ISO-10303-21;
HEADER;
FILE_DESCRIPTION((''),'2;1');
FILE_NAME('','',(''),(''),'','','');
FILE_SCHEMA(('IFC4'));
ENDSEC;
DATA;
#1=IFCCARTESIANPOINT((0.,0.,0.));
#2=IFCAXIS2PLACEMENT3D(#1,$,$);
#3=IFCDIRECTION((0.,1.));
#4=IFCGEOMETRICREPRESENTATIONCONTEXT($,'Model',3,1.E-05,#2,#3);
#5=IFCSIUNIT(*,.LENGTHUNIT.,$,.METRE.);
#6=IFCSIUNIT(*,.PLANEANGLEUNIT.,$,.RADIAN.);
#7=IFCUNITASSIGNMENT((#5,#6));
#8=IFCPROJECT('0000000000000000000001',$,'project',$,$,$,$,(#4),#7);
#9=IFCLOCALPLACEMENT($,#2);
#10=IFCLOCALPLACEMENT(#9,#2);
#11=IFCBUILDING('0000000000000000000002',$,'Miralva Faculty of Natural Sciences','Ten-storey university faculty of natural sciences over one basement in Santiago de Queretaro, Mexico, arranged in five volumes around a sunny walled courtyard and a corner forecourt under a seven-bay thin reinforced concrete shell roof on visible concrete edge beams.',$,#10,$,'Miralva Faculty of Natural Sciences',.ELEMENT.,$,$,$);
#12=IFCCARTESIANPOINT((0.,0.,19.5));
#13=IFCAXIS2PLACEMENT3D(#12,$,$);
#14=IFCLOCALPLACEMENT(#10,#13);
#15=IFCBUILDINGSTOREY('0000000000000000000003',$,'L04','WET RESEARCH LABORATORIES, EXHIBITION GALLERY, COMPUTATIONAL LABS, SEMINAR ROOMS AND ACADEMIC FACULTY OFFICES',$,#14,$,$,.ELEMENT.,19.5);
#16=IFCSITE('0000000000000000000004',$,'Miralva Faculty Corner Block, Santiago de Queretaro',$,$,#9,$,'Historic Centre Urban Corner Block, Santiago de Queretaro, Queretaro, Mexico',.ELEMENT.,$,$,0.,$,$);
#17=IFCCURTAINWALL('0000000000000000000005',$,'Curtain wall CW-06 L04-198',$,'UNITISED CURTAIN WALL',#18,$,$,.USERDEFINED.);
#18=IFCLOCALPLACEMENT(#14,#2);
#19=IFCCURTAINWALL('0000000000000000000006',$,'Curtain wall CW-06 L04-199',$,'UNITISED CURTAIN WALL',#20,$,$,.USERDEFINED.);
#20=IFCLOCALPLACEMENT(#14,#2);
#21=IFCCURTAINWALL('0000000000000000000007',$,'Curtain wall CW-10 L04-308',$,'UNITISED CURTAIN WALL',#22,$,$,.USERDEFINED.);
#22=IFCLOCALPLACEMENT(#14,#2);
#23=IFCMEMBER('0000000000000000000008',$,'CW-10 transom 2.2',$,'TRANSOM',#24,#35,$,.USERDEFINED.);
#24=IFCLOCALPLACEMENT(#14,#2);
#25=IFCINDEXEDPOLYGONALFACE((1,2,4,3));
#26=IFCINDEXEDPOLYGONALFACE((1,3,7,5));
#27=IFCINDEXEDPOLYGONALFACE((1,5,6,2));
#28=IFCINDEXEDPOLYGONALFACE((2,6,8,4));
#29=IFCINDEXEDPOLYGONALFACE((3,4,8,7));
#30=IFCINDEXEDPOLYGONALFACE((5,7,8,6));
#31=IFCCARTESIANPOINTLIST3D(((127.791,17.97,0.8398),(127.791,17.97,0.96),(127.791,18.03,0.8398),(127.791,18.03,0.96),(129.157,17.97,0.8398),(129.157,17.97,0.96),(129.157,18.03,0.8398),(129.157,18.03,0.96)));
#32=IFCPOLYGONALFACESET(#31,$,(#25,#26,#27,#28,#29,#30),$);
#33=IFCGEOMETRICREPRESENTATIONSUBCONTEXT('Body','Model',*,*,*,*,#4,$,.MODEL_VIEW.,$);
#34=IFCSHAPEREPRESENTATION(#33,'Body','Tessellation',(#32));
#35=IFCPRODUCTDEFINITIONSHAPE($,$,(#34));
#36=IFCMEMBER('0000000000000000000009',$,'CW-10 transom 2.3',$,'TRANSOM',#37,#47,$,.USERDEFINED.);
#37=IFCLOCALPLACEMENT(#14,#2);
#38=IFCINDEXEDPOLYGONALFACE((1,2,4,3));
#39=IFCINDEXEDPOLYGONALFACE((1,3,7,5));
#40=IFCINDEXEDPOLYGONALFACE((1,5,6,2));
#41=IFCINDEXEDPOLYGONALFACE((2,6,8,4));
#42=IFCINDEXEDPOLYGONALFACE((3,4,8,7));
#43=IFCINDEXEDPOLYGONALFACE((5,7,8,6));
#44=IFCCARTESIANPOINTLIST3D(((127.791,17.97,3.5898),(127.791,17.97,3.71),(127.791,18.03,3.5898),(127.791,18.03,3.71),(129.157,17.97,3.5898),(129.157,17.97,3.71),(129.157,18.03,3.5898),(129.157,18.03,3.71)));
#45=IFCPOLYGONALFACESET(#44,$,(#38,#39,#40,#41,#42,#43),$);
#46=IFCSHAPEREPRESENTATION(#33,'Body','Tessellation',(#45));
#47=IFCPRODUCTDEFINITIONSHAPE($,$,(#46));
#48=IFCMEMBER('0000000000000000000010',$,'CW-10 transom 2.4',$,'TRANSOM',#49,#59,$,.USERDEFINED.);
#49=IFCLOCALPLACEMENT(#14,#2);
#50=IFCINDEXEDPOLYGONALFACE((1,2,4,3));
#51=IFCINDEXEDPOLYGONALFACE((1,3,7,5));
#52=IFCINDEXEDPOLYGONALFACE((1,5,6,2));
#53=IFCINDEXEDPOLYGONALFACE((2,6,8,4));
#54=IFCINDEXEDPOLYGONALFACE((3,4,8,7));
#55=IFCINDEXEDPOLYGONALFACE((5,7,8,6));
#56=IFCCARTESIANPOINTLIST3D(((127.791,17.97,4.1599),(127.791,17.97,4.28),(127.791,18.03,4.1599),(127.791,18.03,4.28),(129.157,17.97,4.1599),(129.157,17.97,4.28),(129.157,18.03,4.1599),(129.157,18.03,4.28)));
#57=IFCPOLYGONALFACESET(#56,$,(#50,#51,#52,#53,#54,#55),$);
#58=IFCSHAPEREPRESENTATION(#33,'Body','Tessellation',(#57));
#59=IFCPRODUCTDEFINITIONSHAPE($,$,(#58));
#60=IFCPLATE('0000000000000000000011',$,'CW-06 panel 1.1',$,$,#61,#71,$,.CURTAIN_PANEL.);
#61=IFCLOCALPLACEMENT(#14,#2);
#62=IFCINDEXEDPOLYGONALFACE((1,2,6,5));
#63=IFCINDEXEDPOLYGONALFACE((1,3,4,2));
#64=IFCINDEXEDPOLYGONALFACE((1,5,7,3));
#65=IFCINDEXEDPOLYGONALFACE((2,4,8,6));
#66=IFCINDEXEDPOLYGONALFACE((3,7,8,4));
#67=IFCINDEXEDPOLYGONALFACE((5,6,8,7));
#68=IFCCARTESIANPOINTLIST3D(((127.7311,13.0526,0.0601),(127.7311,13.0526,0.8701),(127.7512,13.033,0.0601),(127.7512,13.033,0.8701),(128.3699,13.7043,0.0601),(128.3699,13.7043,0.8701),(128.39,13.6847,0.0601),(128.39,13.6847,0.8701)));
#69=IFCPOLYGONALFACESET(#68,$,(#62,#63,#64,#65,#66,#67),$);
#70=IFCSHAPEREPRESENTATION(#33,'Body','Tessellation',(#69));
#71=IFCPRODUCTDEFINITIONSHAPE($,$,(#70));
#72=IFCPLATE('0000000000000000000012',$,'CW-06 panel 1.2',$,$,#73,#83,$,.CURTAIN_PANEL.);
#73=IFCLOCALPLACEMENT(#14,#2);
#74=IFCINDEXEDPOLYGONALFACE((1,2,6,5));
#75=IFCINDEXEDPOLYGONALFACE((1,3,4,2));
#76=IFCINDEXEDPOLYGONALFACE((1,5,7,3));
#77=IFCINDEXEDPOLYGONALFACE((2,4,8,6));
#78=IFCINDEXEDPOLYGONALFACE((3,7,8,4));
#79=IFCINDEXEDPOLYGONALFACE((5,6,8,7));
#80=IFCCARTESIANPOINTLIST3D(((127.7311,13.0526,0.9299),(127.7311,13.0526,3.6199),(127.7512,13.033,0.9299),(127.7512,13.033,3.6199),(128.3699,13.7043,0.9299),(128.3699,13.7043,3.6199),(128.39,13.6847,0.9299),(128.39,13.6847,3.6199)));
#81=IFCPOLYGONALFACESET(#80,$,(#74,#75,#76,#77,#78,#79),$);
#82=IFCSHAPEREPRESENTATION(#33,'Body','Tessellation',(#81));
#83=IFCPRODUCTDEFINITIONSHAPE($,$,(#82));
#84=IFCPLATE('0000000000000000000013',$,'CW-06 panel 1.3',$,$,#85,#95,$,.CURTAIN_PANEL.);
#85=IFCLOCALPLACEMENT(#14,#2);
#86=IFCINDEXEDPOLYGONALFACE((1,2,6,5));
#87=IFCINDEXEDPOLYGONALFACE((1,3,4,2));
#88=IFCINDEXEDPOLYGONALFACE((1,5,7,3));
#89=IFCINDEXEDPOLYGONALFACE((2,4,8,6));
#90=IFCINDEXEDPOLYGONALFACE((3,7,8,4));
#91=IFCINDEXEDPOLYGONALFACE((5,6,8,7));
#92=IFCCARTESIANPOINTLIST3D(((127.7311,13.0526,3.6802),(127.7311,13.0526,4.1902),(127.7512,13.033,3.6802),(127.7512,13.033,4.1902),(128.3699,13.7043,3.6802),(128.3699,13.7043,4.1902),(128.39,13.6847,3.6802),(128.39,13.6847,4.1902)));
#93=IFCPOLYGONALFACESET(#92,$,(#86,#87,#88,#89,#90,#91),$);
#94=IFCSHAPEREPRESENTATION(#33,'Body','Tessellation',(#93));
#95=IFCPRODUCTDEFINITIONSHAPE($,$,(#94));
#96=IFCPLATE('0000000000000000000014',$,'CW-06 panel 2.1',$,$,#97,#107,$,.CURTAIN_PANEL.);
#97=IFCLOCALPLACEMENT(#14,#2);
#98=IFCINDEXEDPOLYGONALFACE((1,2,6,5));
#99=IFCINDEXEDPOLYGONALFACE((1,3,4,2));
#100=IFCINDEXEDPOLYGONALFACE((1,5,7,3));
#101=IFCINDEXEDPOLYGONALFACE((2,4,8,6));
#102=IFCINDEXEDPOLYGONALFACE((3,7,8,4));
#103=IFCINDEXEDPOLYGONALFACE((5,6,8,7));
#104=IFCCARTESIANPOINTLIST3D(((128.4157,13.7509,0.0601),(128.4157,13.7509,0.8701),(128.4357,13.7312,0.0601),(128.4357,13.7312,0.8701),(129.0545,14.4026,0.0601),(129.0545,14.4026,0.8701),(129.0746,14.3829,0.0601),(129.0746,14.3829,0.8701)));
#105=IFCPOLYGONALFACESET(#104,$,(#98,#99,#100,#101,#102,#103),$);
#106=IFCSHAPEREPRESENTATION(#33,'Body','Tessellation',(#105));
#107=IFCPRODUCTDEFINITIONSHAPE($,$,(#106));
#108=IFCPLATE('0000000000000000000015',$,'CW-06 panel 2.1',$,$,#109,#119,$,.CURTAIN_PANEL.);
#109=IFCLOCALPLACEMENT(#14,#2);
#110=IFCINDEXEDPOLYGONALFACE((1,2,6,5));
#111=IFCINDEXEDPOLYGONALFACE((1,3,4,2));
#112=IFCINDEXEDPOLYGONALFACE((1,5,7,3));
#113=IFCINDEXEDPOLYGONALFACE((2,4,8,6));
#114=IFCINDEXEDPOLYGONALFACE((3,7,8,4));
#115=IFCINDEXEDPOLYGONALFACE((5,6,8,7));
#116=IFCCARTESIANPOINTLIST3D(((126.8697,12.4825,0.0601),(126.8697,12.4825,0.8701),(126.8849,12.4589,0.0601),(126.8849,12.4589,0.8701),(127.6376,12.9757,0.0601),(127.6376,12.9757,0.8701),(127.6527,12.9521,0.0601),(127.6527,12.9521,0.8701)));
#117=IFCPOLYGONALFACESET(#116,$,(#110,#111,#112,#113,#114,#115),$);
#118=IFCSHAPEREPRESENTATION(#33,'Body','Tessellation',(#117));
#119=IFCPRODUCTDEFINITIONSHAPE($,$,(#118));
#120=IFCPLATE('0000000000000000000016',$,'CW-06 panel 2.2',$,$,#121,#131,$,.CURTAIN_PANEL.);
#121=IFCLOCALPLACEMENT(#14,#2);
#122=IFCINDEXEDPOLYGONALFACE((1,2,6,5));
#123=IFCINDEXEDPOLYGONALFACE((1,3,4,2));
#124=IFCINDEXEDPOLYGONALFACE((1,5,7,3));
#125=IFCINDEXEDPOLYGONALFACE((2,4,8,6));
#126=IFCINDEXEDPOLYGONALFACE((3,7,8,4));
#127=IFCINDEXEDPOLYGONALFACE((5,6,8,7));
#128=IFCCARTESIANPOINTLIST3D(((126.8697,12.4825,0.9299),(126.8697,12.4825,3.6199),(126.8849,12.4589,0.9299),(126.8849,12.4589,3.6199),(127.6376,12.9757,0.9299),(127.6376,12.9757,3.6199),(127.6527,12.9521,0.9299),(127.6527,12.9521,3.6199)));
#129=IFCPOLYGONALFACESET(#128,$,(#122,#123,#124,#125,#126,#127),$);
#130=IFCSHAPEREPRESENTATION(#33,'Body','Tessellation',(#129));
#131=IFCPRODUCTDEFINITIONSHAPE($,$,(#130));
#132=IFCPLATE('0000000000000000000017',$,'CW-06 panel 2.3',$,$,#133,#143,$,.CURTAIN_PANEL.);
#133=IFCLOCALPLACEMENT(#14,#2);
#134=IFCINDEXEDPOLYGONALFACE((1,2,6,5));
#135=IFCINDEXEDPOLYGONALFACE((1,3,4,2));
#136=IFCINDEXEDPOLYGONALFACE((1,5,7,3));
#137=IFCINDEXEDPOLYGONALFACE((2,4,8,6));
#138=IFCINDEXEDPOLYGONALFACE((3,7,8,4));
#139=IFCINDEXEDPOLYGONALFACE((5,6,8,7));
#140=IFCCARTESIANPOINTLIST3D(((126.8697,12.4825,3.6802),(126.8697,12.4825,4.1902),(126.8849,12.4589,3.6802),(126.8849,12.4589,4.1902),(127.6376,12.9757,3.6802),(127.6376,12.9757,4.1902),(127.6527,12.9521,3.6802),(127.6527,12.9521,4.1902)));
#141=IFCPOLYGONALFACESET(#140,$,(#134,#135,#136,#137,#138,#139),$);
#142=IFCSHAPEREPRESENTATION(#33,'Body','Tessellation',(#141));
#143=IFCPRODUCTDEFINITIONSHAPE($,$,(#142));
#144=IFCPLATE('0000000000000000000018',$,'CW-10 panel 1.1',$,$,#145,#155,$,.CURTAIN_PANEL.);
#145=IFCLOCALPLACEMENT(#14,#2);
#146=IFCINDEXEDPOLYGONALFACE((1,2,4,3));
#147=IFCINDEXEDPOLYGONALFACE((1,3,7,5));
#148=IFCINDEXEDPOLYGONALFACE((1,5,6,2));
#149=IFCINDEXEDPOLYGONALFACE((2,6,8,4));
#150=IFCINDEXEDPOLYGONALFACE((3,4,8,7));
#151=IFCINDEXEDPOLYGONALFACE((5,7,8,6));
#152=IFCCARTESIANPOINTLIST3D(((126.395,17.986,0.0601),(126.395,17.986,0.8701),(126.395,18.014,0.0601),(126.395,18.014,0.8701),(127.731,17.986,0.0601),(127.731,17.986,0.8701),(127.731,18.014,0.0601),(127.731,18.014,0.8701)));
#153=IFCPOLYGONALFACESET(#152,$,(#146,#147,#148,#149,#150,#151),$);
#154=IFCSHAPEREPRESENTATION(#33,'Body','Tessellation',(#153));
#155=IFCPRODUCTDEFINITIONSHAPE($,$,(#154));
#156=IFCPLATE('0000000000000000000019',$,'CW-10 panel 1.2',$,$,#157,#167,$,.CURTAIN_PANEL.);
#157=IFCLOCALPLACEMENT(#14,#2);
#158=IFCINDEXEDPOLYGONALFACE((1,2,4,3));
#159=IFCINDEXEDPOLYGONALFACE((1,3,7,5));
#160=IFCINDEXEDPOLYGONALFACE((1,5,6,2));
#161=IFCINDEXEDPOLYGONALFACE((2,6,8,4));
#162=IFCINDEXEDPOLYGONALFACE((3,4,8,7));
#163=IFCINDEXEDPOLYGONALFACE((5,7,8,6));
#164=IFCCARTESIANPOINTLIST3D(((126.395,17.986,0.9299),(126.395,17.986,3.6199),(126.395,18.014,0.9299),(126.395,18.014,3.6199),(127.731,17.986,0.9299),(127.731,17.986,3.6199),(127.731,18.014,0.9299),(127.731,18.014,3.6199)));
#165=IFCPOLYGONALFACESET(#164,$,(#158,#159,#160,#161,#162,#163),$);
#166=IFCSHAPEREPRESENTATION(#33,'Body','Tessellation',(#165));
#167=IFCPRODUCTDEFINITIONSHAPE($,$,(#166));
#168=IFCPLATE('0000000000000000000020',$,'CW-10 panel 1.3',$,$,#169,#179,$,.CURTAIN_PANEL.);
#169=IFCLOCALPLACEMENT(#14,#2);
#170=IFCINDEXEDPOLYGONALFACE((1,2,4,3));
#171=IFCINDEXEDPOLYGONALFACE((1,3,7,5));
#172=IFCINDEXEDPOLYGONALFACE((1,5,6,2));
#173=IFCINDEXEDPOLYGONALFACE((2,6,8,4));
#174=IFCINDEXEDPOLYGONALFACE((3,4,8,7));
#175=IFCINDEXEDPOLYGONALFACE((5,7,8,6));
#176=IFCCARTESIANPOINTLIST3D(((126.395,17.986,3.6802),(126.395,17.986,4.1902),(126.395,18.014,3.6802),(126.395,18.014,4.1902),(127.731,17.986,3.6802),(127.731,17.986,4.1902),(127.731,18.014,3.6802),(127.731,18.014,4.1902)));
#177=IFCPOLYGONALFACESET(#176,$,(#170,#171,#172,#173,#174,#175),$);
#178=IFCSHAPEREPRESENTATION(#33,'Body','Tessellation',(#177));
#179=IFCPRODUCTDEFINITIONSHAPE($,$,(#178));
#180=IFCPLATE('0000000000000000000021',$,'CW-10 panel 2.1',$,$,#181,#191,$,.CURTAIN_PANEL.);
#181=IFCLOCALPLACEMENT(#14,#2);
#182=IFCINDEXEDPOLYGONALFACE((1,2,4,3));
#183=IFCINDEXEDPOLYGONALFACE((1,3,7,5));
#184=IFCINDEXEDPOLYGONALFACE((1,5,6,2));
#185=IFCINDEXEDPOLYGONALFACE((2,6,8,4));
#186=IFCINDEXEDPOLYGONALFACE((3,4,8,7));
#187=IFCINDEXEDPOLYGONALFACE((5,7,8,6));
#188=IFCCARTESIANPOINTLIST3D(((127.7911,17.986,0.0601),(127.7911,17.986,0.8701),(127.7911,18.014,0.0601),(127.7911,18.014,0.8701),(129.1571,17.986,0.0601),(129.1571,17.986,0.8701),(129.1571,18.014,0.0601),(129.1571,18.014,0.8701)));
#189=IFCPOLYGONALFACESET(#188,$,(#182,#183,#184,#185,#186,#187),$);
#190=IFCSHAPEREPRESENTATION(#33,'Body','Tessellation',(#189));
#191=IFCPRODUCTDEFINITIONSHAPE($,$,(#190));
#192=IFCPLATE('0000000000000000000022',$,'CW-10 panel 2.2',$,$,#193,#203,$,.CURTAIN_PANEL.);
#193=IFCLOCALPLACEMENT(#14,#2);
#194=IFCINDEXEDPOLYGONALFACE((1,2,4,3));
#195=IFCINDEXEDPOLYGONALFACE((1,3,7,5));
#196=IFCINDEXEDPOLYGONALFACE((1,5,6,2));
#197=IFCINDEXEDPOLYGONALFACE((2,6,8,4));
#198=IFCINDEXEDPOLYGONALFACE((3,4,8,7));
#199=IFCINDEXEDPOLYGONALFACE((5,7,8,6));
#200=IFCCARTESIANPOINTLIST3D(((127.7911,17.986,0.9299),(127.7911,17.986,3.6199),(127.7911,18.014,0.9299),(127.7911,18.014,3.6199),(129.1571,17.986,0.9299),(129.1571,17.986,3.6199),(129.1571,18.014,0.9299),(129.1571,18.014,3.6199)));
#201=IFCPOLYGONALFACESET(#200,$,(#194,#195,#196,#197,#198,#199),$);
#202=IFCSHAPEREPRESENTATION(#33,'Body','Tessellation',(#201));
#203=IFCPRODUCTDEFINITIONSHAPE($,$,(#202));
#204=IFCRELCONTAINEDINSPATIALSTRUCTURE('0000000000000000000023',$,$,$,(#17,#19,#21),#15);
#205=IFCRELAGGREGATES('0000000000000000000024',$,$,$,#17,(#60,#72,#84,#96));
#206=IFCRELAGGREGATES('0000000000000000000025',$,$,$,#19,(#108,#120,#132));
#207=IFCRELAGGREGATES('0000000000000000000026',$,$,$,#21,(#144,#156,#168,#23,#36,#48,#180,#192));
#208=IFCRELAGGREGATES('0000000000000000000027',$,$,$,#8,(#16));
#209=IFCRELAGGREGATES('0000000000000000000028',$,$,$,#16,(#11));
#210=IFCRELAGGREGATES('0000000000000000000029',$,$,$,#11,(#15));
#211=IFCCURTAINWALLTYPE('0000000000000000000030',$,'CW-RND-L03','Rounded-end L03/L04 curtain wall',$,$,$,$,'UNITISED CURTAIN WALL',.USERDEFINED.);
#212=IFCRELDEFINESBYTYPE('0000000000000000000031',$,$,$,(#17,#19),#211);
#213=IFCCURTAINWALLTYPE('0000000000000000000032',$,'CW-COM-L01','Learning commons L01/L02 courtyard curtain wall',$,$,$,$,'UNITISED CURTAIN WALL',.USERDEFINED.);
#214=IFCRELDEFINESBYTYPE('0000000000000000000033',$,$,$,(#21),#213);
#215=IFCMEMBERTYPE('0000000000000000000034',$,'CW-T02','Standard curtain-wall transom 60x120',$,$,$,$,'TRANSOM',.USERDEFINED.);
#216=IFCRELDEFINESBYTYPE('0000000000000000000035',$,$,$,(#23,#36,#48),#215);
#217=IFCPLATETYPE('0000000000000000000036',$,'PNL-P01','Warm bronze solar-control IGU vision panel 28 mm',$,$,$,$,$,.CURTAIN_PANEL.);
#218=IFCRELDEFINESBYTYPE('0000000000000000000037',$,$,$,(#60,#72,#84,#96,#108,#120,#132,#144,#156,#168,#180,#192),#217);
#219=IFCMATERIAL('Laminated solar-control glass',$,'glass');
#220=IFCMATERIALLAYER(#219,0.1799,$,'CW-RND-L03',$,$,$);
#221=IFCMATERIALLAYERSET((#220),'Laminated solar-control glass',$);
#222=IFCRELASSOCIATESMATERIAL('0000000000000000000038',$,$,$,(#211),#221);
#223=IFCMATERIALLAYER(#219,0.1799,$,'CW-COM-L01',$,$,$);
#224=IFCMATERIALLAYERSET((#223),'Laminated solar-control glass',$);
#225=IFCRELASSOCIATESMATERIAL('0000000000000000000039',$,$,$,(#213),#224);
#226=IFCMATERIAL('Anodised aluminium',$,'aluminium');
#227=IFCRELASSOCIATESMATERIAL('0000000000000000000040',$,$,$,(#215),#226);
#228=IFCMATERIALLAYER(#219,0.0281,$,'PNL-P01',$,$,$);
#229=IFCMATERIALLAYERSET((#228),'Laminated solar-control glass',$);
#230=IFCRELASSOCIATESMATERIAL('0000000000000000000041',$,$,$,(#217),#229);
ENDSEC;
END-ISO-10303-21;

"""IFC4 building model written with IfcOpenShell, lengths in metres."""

from ifc_helpers import new_model, si_unit, direction, frame, origin, origin_2d, place, context, subcontext, project, spatial, rectangle, extrude, material, layer, layer_set, material_profile, profile_set, type_object, element, aggregate, save


model = new_model("IFC4")

# Units and contexts
model_context = context("Model", 3, precision=1e-05, world=origin(), true_north=direction((0.0, 1.0)))
body_context = subcontext(model_context, "Body", "Model", "MODEL_VIEW")
ifc_project = project(units=[si_unit("LENGTHUNIT", "METRE"), si_unit("PLANEANGLEUNIT", "RADIAN")], contexts=[model_context])

# Site, building, storey
site_placement = place(None, origin())
site = spatial("IfcSite", under=ifc_project, at=site_placement, Name="Miralva Faculty Corner Block, Santiago de Queretaro", LongName="Historic Centre Urban Corner Block, Santiago de Queretaro, Queretaro, Mexico", CompositionType="ELEMENT", RefElevation=0.0)
building_placement = place(site_placement, origin())
building = spatial("IfcBuilding", under=site, at=building_placement, Name="Miralva Faculty of Natural Sciences", Description="Ten-storey university faculty of natural sciences over one basement in Santiago de Queretaro, Mexico, arranged in five volumes around a sunny walled courtyard and a corner forecourt under a seven-bay thin reinforced concrete shell roof on visible concrete edge beams.", LongName="Miralva Faculty of Natural Sciences", CompositionType="ELEMENT")
storey_placement = place(building_placement, frame((0.0, 0.0, 19.5)))
storey = spatial("IfcBuildingStorey", under=building, at=storey_placement, Name="L04", Description="WET RESEARCH LABORATORIES, EXHIBITION GALLERY, COMPUTATIONAL LABS, SEMINAR ROOMS AND ACADEMIC FACULTY OFFICES", CompositionType="ELEMENT", Elevation=19.5)

# Curtain wall
ifc_material_1 = material(Name="Laminated solar-control glass", Category="glass")
ifc_layer_1 = layer(ifc_material_1, 0.1799, Name="CW-RND-L03")
ifc_layer_set_1 = layer_set([ifc_layer_1], Name="Laminated solar-control glass")
curtain_wall_type_1 = type_object("IfcCurtainWallType", Name="CW-RND-L03", Description="Rounded-end L03/L04 curtain wall", ElementType="UNITISED CURTAIN WALL", PredefinedType="USERDEFINED", material=ifc_layer_set_1)
curtain_wall_1_placement = place(storey_placement, origin())
curtain_wall_1 = element("IfcCurtainWall", 1, at=curtain_wall_1_placement, inside=storey, type_object=curtain_wall_type_1, Name="Curtain wall CW-06 L04-198", ObjectType="UNITISED CURTAIN WALL", PredefinedType="USERDEFINED")
ifc_material_2 = material(Name="Anodised aluminium", Category="aluminium")

# Curtain walls
curtain_wall_2_placement = place(storey_placement, origin())
curtain_wall_2 = element("IfcCurtainWall", 2, at=curtain_wall_2_placement, inside=storey, type_object=curtain_wall_type_1, Name="Curtain wall CW-06 L04-199", ObjectType="UNITISED CURTAIN WALL", PredefinedType="USERDEFINED")
ifc_layer_2 = layer(ifc_material_1, 0.1799, Name="CW-COM-L01")
ifc_layer_set_2 = layer_set([ifc_layer_2], Name="Laminated solar-control glass")
curtain_wall_type_2 = type_object("IfcCurtainWallType", Name="CW-COM-L01", Description="Learning commons L01/L02 courtyard curtain wall", ElementType="UNITISED CURTAIN WALL", PredefinedType="USERDEFINED", material=ifc_layer_set_2)
curtain_wall_3_placement = place(storey_placement, origin())
curtain_wall_3 = element("IfcCurtainWall", 3, at=curtain_wall_3_placement, inside=storey, type_object=curtain_wall_type_2, Name="Curtain wall CW-10 L04-308", ObjectType="UNITISED CURTAIN WALL", PredefinedType="USERDEFINED")

# Members
ifc_material_profile_1 = material_profile(ifc_material_2, rectangle(XDim=0.0601, YDim=0.1201, at=origin_2d()), Name="TRANSOM 60x120")
ifc_profile_set_1 = profile_set([ifc_material_profile_1], Name="Anodised aluminium")
member_type_1 = type_object("IfcMemberType", Name="CW-T02", Description="Standard curtain-wall transom 60x120", ElementType="TRANSOM", PredefinedType="USERDEFINED", material=ifc_profile_set_1)
member_1_placement = place(storey_placement, frame((127.791, 18.0, 0.8999), z_axis=(1.0, 0.0, 0.0), x_axis=(0.0, 1.0, 0.0)))
member_1 = element("IfcMember", 4, at=member_1_placement, type_object=member_type_1, Name="CW-10 transom 2.2", ObjectType="TRANSOM", PredefinedType="USERDEFINED", context=body_context, shape_type="SweptSolid", body=[
    extrude(rectangle(XDim=0.0601, YDim=0.1201, at=origin_2d()), origin(), (0.0, 0.0, 1.0), 1.366),
])
member_2_placement = place(storey_placement, frame((127.791, 18.0, 3.6499), z_axis=(1.0, 0.0, 0.0), x_axis=(0.0, 1.0, 0.0)))
member_2 = element("IfcMember", 5, at=member_2_placement, type_object=member_type_1, Name="CW-10 transom 2.3", ObjectType="TRANSOM", PredefinedType="USERDEFINED", context=body_context, shape_type="SweptSolid", body=[
    extrude(rectangle(XDim=0.0601, YDim=0.1201, at=origin_2d()), origin(), (0.0, 0.0, 1.0), 1.366),
])
member_3_placement = place(storey_placement, frame((127.791, 18.0, 4.22), z_axis=(1.0, 0.0, 0.0), x_axis=(0.0, 1.0, 0.0)))
member_3 = element("IfcMember", 6, at=member_3_placement, type_object=member_type_1, Name="CW-10 transom 2.4", ObjectType="TRANSOM", PredefinedType="USERDEFINED", context=body_context, shape_type="SweptSolid", body=[
    extrude(rectangle(XDim=0.0601, YDim=0.1201, at=origin_2d()), origin(), (0.0, 0.0, 1.0), 1.366),
])

# Plates
ifc_layer_3 = layer(ifc_material_1, 0.0281, Name="PNL-P01")
ifc_layer_set_3 = layer_set([ifc_layer_3], Name="Laminated solar-control glass")
plate_type = type_object("IfcPlateType", Name="PNL-P01", Description="Warm bronze solar-control IGU vision panel 28 mm", PredefinedType="CURTAIN_PANEL", material=ifc_layer_set_3)
plate_1_placement = place(storey_placement, frame((128.0605, 13.3687, 0.0601), z_axis=(0.0, 0.0, 1.0), x_axis=(0.700018, 0.714125, 0.0)))
plate_1 = element("IfcPlate", 7, at=plate_1_placement, type_object=plate_type, Name="CW-06 panel 1.1", PredefinedType="CURTAIN_PANEL", context=body_context, shape_type="SweptSolid", body=[
    extrude(rectangle(XDim=0.9126, YDim=0.0281, at=origin_2d()), origin(), (0.0, 0.0, 1.0), 0.8101),
])
plate_2_placement = place(storey_placement, frame((128.0605, 13.3687, 0.9299), z_axis=(0.0, 0.0, 1.0), x_axis=(0.700018, 0.714125, 0.0)))
plate_2 = element("IfcPlate", 8, at=plate_2_placement, type_object=plate_type, Name="CW-06 panel 1.2", PredefinedType="CURTAIN_PANEL", context=body_context, shape_type="SweptSolid", body=[
    extrude(rectangle(XDim=0.9126, YDim=0.0281, at=origin_2d()), origin(), (0.0, 0.0, 1.0), 2.6899),
])
plate_3_placement = place(storey_placement, frame((128.0605, 13.3687, 3.6802), z_axis=(0.0, 0.0, 1.0), x_axis=(0.700018, 0.714125, 0.0)))
plate_3 = element("IfcPlate", 9, at=plate_3_placement, type_object=plate_type, Name="CW-06 panel 1.3", PredefinedType="CURTAIN_PANEL", context=body_context, shape_type="SweptSolid", body=[
    extrude(rectangle(XDim=0.9126, YDim=0.0281, at=origin_2d()), origin(), (0.0, 0.0, 1.0), 0.51),
])
plate_4_placement = place(storey_placement, frame((128.7451, 14.0669, 0.0601), z_axis=(0.0, 0.0, 1.0), x_axis=(0.700018, 0.714125, 0.0)))
plate_4 = element("IfcPlate", 10, at=plate_4_placement, type_object=plate_type, Name="CW-06 panel 2.1", PredefinedType="CURTAIN_PANEL", context=body_context, shape_type="SweptSolid", body=[
    extrude(rectangle(XDim=0.9126, YDim=0.0281, at=origin_2d()), origin(), (0.0, 0.0, 1.0), 0.8101),
])
aggregate(curtain_wall_1, [plate_1, plate_2, plate_3, plate_4])
plate_5_placement = place(storey_placement, frame((127.2612, 12.7173, 0.0601), z_axis=(0.0, 0.0, 1.0), x_axis=(0.841379, 0.540445, 0.0)))
plate_5 = element("IfcPlate", 11, at=plate_5_placement, type_object=plate_type, Name="CW-06 panel 2.1", PredefinedType="CURTAIN_PANEL", context=body_context, shape_type="SweptSolid", body=[
    extrude(rectangle(XDim=0.9126, YDim=0.0281, at=origin_2d()), origin(), (0.0, 0.0, 1.0), 0.8101),
])
plate_6_placement = place(storey_placement, frame((127.2612, 12.7173, 0.9299), z_axis=(0.0, 0.0, 1.0), x_axis=(0.841379, 0.540445, 0.0)))
plate_6 = element("IfcPlate", 12, at=plate_6_placement, type_object=plate_type, Name="CW-06 panel 2.2", PredefinedType="CURTAIN_PANEL", context=body_context, shape_type="SweptSolid", body=[
    extrude(rectangle(XDim=0.9126, YDim=0.0281, at=origin_2d()), origin(), (0.0, 0.0, 1.0), 2.6899),
])
plate_7_placement = place(storey_placement, frame((127.2612, 12.7173, 3.6802), z_axis=(0.0, 0.0, 1.0), x_axis=(0.841379, 0.540445, 0.0)))
plate_7 = element("IfcPlate", 13, at=plate_7_placement, type_object=plate_type, Name="CW-06 panel 2.3", PredefinedType="CURTAIN_PANEL", context=body_context, shape_type="SweptSolid", body=[
    extrude(rectangle(XDim=0.9126, YDim=0.0281, at=origin_2d()), origin(), (0.0, 0.0, 1.0), 0.51),
])
aggregate(curtain_wall_2, [plate_5, plate_6, plate_7])
plate_8_placement = place(storey_placement, frame((127.063, 18.0, 0.0601), z_axis=(0.0, 0.0, 1.0), x_axis=(1.0, 0.0, 0.0)))
plate_8 = element("IfcPlate", 14, at=plate_8_placement, type_object=plate_type, Name="CW-10 panel 1.1", PredefinedType="CURTAIN_PANEL", context=body_context, shape_type="SweptSolid", body=[
    extrude(rectangle(XDim=1.3359, YDim=0.0281, at=origin_2d()), origin(), (0.0, 0.0, 1.0), 0.8101),
])
plate_9_placement = place(storey_placement, frame((127.063, 18.0, 0.9299), z_axis=(0.0, 0.0, 1.0), x_axis=(1.0, 0.0, 0.0)))
plate_9 = element("IfcPlate", 15, at=plate_9_placement, type_object=plate_type, Name="CW-10 panel 1.2", PredefinedType="CURTAIN_PANEL", context=body_context, shape_type="SweptSolid", body=[
    extrude(rectangle(XDim=1.3359, YDim=0.0281, at=origin_2d()), origin(), (0.0, 0.0, 1.0), 2.6899),
])
plate_10_placement = place(storey_placement, frame((127.063, 18.0, 3.6802), z_axis=(0.0, 0.0, 1.0), x_axis=(1.0, 0.0, 0.0)))
plate_10 = element("IfcPlate", 16, at=plate_10_placement, type_object=plate_type, Name="CW-10 panel 1.3", PredefinedType="CURTAIN_PANEL", context=body_context, shape_type="SweptSolid", body=[
    extrude(rectangle(XDim=1.3359, YDim=0.0281, at=origin_2d()), origin(), (0.0, 0.0, 1.0), 0.51),
])
plate_11_placement = place(storey_placement, frame((128.4741, 18.0, 0.0601), z_axis=(0.0, 0.0, 1.0), x_axis=(1.0, 0.0, 0.0)))
plate_11 = element("IfcPlate", 17, at=plate_11_placement, type_object=plate_type, Name="CW-10 panel 2.1", PredefinedType="CURTAIN_PANEL", context=body_context, shape_type="SweptSolid", body=[
    extrude(rectangle(XDim=1.366, YDim=0.0281, at=origin_2d()), origin(), (0.0, 0.0, 1.0), 0.8101),
])
plate_12_placement = place(storey_placement, frame((128.4741, 18.0, 0.9299), z_axis=(0.0, 0.0, 1.0), x_axis=(1.0, 0.0, 0.0)))
plate_12 = element("IfcPlate", 18, at=plate_12_placement, type_object=plate_type, Name="CW-10 panel 2.2", PredefinedType="CURTAIN_PANEL", context=body_context, shape_type="SweptSolid", body=[
    extrude(rectangle(XDim=1.366, YDim=0.0281, at=origin_2d()), origin(), (0.0, 0.0, 1.0), 2.6899),
])
aggregate(curtain_wall_3, [plate_8, plate_9, plate_10, member_1, member_2, member_3, plate_11, plate_12])

save(model, "model.ifc")
